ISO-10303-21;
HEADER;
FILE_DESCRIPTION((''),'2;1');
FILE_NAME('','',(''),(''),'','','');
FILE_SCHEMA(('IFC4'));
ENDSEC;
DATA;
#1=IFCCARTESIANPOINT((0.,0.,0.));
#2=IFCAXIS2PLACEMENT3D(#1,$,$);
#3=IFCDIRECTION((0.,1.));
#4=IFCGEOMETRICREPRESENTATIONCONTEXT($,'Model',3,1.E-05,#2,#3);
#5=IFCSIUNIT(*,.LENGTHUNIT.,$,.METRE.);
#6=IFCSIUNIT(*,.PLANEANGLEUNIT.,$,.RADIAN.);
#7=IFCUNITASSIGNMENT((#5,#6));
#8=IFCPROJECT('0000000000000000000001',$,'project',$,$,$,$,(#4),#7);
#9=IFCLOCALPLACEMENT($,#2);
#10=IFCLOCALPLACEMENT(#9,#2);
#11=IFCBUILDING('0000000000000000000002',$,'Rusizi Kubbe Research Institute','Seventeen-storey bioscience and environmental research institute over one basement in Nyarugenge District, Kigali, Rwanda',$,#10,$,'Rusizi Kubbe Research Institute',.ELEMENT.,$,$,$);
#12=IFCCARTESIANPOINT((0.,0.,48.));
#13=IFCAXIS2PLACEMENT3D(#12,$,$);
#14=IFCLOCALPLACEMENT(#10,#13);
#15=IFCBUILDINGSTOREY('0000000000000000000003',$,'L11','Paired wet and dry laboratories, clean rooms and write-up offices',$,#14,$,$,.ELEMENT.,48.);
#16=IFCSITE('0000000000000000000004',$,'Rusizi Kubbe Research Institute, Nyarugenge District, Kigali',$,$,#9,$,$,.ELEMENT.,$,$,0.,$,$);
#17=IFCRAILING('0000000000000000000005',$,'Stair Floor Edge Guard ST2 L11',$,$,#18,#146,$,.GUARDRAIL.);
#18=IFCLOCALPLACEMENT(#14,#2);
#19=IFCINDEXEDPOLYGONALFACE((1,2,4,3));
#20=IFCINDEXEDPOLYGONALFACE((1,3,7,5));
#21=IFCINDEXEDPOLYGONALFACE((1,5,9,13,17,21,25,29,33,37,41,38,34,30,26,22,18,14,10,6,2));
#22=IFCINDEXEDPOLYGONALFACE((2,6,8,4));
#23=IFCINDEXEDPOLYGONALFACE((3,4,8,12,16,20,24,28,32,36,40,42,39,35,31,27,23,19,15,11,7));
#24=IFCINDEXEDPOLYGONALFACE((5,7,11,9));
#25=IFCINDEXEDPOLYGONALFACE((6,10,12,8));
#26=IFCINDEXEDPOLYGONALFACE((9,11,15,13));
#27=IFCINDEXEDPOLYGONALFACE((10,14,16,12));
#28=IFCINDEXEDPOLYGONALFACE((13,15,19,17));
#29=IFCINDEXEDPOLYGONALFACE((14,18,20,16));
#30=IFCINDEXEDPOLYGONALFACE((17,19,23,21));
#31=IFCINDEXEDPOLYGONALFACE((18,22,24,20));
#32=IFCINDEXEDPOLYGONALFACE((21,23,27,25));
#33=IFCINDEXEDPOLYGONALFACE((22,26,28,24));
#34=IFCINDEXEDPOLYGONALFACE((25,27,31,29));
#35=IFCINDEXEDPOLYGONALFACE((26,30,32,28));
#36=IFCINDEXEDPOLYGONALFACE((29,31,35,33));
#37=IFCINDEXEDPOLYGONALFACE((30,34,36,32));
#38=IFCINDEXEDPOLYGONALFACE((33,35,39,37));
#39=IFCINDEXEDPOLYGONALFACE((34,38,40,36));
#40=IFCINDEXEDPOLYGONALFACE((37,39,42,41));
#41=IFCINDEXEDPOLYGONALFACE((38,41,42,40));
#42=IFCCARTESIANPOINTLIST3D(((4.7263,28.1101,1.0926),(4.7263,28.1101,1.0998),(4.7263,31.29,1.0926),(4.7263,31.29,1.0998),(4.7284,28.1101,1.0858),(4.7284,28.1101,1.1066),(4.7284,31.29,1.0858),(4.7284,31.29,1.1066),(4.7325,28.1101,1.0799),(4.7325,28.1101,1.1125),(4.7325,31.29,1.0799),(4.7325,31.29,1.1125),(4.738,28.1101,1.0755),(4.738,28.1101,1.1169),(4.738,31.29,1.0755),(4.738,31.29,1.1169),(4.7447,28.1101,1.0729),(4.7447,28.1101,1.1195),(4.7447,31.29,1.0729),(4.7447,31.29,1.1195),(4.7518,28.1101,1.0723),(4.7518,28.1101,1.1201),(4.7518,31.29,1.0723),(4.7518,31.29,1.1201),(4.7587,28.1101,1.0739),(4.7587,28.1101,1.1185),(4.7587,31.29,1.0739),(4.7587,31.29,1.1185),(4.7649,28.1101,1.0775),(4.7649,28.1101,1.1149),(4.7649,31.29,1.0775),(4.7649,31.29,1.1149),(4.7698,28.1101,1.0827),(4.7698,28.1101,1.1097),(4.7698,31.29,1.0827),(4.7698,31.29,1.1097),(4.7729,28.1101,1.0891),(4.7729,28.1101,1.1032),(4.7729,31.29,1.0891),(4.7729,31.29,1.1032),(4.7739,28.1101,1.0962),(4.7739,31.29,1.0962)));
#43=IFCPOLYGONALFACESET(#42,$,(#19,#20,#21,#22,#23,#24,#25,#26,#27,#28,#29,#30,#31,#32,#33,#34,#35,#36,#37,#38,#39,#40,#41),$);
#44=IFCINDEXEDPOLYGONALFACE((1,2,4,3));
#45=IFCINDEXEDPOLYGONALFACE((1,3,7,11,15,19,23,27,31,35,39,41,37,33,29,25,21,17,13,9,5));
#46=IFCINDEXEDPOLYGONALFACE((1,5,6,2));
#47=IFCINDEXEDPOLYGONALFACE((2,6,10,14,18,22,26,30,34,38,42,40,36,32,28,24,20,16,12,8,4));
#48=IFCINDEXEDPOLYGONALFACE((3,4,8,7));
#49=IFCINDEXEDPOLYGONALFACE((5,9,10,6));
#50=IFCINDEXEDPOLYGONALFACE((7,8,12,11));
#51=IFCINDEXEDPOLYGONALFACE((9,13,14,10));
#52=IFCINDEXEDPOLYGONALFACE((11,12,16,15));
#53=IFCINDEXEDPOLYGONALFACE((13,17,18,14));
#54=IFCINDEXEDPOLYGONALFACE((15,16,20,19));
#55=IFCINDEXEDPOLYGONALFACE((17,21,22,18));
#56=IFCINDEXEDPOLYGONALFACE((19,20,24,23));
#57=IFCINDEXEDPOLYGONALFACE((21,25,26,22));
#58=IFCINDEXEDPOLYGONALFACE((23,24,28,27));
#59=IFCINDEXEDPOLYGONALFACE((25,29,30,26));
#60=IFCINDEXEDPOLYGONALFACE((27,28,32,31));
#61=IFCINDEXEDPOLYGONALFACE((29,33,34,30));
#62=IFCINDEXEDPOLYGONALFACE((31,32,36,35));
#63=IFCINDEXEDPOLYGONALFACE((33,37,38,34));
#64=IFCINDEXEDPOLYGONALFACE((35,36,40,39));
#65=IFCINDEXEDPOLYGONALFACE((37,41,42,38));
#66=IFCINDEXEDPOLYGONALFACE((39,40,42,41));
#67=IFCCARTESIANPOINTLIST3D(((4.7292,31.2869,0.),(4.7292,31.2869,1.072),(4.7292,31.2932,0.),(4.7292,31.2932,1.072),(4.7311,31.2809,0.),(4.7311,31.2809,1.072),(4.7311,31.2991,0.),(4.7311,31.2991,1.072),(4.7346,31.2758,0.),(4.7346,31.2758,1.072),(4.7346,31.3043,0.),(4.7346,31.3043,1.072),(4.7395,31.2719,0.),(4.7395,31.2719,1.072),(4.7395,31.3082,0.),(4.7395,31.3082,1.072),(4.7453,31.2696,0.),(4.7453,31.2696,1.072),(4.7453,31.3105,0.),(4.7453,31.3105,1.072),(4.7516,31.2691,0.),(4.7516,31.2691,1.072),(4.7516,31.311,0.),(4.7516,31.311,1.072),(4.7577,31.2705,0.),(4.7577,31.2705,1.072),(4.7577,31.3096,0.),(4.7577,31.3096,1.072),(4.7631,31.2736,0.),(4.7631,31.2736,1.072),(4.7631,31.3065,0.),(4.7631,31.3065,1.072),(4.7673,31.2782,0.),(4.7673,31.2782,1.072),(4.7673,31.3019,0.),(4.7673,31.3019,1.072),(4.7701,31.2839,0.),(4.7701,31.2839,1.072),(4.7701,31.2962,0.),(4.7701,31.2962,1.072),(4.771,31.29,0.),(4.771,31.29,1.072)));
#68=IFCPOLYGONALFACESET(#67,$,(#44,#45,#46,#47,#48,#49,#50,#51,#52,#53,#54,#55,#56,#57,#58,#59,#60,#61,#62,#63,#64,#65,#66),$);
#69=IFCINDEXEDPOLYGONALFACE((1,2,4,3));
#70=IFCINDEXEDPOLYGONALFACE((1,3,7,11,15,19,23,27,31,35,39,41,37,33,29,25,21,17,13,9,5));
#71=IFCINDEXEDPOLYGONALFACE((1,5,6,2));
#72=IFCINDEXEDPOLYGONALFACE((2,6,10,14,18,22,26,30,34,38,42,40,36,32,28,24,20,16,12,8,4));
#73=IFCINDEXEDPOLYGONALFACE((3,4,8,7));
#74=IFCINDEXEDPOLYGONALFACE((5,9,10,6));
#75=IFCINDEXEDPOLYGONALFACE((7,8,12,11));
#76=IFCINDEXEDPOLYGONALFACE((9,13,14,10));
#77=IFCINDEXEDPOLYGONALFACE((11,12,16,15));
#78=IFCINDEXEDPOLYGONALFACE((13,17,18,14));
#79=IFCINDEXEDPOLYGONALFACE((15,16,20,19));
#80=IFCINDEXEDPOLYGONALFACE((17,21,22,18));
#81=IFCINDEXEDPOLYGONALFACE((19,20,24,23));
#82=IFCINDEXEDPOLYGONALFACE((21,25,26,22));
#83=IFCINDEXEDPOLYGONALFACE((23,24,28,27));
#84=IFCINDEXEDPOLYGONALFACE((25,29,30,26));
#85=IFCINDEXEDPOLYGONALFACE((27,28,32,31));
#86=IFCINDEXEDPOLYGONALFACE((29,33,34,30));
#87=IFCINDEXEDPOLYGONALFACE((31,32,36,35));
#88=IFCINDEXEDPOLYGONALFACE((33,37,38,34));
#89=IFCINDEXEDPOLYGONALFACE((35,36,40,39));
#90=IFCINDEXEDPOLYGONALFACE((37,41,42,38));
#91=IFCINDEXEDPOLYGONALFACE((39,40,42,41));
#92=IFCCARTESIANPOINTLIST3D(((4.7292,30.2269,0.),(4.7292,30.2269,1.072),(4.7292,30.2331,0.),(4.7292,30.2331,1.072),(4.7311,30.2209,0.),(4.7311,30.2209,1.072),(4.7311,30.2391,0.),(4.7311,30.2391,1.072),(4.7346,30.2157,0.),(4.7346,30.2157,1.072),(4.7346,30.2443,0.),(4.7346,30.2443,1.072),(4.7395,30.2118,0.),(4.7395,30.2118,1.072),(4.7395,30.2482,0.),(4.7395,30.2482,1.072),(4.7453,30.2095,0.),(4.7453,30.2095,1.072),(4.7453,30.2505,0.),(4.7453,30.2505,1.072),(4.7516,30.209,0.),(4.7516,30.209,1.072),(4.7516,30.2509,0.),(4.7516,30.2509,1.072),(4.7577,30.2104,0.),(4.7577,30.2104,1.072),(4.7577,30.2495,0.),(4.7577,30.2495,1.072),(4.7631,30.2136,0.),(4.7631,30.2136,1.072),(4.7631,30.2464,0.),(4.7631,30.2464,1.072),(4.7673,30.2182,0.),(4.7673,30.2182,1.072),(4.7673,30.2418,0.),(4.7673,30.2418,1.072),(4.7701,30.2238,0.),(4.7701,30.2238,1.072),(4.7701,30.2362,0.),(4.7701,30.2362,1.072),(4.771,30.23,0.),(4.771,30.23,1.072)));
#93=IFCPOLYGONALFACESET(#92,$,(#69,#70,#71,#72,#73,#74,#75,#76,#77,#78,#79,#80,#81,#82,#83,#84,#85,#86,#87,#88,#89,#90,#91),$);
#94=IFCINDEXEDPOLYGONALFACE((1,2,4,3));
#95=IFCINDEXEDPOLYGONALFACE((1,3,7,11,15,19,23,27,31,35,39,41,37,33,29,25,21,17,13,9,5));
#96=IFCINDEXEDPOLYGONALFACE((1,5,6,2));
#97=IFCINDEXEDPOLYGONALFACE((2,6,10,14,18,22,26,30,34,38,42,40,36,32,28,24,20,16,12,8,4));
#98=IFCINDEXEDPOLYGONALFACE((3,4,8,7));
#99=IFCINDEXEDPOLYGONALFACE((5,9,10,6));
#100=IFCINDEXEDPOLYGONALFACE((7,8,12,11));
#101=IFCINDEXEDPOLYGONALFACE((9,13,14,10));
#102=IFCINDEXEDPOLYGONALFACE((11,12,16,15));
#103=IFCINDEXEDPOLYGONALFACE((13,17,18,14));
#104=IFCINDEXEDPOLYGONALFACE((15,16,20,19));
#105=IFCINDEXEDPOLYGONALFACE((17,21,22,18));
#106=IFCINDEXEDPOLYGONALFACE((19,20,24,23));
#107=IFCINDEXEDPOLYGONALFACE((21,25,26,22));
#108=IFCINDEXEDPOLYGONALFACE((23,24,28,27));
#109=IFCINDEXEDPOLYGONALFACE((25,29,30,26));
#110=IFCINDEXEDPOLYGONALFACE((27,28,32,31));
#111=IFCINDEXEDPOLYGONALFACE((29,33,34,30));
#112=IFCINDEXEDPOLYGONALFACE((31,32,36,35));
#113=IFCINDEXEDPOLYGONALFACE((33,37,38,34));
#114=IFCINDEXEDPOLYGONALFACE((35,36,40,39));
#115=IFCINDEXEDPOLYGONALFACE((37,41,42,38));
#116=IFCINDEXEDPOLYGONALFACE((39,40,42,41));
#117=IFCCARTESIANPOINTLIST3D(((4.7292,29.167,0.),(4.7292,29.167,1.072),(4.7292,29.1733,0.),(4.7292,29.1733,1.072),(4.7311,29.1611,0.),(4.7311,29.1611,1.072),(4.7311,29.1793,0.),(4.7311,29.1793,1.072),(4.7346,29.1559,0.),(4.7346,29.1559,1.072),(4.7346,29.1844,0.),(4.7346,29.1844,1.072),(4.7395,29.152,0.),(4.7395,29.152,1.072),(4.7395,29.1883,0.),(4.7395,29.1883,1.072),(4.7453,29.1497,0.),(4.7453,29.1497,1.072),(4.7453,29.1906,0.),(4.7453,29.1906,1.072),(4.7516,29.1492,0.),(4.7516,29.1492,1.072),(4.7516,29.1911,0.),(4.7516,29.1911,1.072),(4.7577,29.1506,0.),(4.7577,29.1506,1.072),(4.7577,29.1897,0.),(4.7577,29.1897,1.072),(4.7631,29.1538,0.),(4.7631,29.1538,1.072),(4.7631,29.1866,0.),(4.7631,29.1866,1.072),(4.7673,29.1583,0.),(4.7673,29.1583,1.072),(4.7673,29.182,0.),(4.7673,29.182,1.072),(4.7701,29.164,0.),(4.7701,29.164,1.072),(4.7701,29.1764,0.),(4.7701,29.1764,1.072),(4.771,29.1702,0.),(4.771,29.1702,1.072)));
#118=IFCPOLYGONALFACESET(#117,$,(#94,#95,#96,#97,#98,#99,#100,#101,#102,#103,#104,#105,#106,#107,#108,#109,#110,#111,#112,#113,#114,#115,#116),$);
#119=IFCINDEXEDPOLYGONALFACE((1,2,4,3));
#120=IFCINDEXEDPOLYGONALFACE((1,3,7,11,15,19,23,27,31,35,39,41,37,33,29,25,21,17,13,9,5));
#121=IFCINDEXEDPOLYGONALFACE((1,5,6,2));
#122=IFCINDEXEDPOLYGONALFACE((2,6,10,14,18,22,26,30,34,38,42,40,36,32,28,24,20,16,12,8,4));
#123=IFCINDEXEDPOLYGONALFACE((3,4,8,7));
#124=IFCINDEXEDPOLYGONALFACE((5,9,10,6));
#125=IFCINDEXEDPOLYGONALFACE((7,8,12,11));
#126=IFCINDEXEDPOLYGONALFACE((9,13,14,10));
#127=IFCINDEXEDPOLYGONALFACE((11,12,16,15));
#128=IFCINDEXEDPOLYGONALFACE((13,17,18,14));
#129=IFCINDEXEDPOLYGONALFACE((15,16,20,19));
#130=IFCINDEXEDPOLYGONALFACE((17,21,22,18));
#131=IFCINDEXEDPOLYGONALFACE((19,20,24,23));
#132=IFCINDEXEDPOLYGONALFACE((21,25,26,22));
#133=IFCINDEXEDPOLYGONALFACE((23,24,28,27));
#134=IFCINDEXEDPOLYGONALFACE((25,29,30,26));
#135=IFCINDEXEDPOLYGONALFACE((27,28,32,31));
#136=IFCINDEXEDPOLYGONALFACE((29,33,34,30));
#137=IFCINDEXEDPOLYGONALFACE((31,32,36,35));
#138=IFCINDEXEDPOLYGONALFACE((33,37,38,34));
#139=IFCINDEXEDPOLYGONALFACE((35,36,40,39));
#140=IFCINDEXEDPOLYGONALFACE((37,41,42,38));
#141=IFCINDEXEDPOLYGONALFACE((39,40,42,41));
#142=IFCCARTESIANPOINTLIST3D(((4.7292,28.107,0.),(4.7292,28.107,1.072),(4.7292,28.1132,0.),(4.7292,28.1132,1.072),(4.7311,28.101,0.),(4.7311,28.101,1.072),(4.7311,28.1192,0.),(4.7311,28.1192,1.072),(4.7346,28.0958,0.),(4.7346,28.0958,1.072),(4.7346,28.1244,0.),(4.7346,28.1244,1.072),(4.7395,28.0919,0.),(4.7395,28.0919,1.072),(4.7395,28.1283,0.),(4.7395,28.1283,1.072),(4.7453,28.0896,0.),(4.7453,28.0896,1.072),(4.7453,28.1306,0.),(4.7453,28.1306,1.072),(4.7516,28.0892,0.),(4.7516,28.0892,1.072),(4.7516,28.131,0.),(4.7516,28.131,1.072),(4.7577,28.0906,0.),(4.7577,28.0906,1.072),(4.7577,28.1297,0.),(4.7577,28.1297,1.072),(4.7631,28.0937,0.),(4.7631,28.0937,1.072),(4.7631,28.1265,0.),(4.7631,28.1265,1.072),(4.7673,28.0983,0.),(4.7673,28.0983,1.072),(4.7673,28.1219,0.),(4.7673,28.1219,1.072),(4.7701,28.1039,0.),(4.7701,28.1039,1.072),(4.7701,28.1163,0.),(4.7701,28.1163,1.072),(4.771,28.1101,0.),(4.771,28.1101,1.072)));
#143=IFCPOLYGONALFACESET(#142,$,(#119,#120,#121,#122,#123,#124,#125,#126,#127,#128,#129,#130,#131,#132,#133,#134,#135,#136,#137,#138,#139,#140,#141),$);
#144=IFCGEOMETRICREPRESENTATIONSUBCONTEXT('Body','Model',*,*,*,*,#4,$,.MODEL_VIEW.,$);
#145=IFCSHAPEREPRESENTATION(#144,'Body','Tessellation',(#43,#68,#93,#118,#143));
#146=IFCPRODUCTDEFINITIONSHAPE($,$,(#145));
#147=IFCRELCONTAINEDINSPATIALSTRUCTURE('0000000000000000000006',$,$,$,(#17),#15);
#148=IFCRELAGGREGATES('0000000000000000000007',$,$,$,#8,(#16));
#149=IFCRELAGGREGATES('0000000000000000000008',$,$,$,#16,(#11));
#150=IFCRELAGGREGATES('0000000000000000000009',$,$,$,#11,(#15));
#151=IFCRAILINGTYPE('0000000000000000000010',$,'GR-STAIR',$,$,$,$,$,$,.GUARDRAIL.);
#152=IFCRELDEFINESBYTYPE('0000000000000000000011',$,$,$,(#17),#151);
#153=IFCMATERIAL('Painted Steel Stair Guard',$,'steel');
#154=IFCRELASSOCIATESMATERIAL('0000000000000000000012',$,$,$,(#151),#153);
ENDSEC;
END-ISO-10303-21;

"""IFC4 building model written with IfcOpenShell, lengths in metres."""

from ifc_helpers import new_model, si_unit, direction, frame, origin, origin_2d, place, context, subcontext, project, spatial, circle, extrude, material, type_object, element, save


model = new_model("IFC4")

# Units and contexts
model_context = context("Model", 3, precision=1e-05, world=origin(), true_north=direction((0.0, 1.0)))
body_context = subcontext(model_context, "Body", "Model", "MODEL_VIEW")
ifc_project = project(units=[si_unit("LENGTHUNIT", "METRE"), si_unit("PLANEANGLEUNIT", "RADIAN")], contexts=[model_context])

# Site, building, storey
site_placement = place(None, origin())
site = spatial("IfcSite", under=ifc_project, at=site_placement, Name="Rusizi Kubbe Research Institute, Nyarugenge District, Kigali", CompositionType="ELEMENT", RefElevation=0.0)
building_placement = place(site_placement, origin())
building = spatial("IfcBuilding", under=site, at=building_placement, Name="Rusizi Kubbe Research Institute", Description="Seventeen-storey bioscience and environmental research institute over one basement in Nyarugenge District, Kigali, Rwanda", LongName="Rusizi Kubbe Research Institute", CompositionType="ELEMENT")
storey_placement = place(building_placement, frame((0.0, 0.0, 48.0)))
storey = spatial("IfcBuildingStorey", under=building, at=storey_placement, Name="L11", Description="Paired wet and dry laboratories, clean rooms and write-up offices", CompositionType="ELEMENT", Elevation=48.0)

# Railing
ifc_material_1 = material(Name="Painted Steel Stair Guard", Category="steel")
railing_type_1 = type_object("IfcRailingType", Name="GR-STAIR", PredefinedType="GUARDRAIL", material=ifc_material_1)
railing_1_placement = place(storey_placement, frame((4.75, 31.29, 0.0)))
element("IfcRailing", 1, at=railing_1_placement, inside=storey, type_object=railing_type_1, Name="Stair Floor Edge Guard ST2 L11", PredefinedType="GUARDRAIL", context=body_context, shape_type="SweptSolid", body=[
    extrude(circle(Radius=0.0239, at=origin_2d()), frame((0.0, 0.0, 1.0962), z_axis=(0.0, -1.0, 0.0), x_axis=(1.0, 0.0, 0.0)), (0.0, 0.0, 1.0), 3.1799),
    extrude(circle(Radius=0.021, at=origin_2d()), origin(), (0.0, 0.0, 1.0), 1.072),
    extrude(circle(Radius=0.021, at=origin_2d()), frame((0.0, -1.0601, 0.0)), (0.0, 0.0, 1.0), 1.072),
    extrude(circle(Radius=0.021, at=origin_2d()), frame((0.0, -2.1199, 0.0)), (0.0, 0.0, 1.0), 1.072),
    extrude(circle(Radius=0.021, at=origin_2d()), frame((0.0, -3.1799, 0.0)), (0.0, 0.0, 1.0), 1.072),
])

save(model, "model.ifc")
